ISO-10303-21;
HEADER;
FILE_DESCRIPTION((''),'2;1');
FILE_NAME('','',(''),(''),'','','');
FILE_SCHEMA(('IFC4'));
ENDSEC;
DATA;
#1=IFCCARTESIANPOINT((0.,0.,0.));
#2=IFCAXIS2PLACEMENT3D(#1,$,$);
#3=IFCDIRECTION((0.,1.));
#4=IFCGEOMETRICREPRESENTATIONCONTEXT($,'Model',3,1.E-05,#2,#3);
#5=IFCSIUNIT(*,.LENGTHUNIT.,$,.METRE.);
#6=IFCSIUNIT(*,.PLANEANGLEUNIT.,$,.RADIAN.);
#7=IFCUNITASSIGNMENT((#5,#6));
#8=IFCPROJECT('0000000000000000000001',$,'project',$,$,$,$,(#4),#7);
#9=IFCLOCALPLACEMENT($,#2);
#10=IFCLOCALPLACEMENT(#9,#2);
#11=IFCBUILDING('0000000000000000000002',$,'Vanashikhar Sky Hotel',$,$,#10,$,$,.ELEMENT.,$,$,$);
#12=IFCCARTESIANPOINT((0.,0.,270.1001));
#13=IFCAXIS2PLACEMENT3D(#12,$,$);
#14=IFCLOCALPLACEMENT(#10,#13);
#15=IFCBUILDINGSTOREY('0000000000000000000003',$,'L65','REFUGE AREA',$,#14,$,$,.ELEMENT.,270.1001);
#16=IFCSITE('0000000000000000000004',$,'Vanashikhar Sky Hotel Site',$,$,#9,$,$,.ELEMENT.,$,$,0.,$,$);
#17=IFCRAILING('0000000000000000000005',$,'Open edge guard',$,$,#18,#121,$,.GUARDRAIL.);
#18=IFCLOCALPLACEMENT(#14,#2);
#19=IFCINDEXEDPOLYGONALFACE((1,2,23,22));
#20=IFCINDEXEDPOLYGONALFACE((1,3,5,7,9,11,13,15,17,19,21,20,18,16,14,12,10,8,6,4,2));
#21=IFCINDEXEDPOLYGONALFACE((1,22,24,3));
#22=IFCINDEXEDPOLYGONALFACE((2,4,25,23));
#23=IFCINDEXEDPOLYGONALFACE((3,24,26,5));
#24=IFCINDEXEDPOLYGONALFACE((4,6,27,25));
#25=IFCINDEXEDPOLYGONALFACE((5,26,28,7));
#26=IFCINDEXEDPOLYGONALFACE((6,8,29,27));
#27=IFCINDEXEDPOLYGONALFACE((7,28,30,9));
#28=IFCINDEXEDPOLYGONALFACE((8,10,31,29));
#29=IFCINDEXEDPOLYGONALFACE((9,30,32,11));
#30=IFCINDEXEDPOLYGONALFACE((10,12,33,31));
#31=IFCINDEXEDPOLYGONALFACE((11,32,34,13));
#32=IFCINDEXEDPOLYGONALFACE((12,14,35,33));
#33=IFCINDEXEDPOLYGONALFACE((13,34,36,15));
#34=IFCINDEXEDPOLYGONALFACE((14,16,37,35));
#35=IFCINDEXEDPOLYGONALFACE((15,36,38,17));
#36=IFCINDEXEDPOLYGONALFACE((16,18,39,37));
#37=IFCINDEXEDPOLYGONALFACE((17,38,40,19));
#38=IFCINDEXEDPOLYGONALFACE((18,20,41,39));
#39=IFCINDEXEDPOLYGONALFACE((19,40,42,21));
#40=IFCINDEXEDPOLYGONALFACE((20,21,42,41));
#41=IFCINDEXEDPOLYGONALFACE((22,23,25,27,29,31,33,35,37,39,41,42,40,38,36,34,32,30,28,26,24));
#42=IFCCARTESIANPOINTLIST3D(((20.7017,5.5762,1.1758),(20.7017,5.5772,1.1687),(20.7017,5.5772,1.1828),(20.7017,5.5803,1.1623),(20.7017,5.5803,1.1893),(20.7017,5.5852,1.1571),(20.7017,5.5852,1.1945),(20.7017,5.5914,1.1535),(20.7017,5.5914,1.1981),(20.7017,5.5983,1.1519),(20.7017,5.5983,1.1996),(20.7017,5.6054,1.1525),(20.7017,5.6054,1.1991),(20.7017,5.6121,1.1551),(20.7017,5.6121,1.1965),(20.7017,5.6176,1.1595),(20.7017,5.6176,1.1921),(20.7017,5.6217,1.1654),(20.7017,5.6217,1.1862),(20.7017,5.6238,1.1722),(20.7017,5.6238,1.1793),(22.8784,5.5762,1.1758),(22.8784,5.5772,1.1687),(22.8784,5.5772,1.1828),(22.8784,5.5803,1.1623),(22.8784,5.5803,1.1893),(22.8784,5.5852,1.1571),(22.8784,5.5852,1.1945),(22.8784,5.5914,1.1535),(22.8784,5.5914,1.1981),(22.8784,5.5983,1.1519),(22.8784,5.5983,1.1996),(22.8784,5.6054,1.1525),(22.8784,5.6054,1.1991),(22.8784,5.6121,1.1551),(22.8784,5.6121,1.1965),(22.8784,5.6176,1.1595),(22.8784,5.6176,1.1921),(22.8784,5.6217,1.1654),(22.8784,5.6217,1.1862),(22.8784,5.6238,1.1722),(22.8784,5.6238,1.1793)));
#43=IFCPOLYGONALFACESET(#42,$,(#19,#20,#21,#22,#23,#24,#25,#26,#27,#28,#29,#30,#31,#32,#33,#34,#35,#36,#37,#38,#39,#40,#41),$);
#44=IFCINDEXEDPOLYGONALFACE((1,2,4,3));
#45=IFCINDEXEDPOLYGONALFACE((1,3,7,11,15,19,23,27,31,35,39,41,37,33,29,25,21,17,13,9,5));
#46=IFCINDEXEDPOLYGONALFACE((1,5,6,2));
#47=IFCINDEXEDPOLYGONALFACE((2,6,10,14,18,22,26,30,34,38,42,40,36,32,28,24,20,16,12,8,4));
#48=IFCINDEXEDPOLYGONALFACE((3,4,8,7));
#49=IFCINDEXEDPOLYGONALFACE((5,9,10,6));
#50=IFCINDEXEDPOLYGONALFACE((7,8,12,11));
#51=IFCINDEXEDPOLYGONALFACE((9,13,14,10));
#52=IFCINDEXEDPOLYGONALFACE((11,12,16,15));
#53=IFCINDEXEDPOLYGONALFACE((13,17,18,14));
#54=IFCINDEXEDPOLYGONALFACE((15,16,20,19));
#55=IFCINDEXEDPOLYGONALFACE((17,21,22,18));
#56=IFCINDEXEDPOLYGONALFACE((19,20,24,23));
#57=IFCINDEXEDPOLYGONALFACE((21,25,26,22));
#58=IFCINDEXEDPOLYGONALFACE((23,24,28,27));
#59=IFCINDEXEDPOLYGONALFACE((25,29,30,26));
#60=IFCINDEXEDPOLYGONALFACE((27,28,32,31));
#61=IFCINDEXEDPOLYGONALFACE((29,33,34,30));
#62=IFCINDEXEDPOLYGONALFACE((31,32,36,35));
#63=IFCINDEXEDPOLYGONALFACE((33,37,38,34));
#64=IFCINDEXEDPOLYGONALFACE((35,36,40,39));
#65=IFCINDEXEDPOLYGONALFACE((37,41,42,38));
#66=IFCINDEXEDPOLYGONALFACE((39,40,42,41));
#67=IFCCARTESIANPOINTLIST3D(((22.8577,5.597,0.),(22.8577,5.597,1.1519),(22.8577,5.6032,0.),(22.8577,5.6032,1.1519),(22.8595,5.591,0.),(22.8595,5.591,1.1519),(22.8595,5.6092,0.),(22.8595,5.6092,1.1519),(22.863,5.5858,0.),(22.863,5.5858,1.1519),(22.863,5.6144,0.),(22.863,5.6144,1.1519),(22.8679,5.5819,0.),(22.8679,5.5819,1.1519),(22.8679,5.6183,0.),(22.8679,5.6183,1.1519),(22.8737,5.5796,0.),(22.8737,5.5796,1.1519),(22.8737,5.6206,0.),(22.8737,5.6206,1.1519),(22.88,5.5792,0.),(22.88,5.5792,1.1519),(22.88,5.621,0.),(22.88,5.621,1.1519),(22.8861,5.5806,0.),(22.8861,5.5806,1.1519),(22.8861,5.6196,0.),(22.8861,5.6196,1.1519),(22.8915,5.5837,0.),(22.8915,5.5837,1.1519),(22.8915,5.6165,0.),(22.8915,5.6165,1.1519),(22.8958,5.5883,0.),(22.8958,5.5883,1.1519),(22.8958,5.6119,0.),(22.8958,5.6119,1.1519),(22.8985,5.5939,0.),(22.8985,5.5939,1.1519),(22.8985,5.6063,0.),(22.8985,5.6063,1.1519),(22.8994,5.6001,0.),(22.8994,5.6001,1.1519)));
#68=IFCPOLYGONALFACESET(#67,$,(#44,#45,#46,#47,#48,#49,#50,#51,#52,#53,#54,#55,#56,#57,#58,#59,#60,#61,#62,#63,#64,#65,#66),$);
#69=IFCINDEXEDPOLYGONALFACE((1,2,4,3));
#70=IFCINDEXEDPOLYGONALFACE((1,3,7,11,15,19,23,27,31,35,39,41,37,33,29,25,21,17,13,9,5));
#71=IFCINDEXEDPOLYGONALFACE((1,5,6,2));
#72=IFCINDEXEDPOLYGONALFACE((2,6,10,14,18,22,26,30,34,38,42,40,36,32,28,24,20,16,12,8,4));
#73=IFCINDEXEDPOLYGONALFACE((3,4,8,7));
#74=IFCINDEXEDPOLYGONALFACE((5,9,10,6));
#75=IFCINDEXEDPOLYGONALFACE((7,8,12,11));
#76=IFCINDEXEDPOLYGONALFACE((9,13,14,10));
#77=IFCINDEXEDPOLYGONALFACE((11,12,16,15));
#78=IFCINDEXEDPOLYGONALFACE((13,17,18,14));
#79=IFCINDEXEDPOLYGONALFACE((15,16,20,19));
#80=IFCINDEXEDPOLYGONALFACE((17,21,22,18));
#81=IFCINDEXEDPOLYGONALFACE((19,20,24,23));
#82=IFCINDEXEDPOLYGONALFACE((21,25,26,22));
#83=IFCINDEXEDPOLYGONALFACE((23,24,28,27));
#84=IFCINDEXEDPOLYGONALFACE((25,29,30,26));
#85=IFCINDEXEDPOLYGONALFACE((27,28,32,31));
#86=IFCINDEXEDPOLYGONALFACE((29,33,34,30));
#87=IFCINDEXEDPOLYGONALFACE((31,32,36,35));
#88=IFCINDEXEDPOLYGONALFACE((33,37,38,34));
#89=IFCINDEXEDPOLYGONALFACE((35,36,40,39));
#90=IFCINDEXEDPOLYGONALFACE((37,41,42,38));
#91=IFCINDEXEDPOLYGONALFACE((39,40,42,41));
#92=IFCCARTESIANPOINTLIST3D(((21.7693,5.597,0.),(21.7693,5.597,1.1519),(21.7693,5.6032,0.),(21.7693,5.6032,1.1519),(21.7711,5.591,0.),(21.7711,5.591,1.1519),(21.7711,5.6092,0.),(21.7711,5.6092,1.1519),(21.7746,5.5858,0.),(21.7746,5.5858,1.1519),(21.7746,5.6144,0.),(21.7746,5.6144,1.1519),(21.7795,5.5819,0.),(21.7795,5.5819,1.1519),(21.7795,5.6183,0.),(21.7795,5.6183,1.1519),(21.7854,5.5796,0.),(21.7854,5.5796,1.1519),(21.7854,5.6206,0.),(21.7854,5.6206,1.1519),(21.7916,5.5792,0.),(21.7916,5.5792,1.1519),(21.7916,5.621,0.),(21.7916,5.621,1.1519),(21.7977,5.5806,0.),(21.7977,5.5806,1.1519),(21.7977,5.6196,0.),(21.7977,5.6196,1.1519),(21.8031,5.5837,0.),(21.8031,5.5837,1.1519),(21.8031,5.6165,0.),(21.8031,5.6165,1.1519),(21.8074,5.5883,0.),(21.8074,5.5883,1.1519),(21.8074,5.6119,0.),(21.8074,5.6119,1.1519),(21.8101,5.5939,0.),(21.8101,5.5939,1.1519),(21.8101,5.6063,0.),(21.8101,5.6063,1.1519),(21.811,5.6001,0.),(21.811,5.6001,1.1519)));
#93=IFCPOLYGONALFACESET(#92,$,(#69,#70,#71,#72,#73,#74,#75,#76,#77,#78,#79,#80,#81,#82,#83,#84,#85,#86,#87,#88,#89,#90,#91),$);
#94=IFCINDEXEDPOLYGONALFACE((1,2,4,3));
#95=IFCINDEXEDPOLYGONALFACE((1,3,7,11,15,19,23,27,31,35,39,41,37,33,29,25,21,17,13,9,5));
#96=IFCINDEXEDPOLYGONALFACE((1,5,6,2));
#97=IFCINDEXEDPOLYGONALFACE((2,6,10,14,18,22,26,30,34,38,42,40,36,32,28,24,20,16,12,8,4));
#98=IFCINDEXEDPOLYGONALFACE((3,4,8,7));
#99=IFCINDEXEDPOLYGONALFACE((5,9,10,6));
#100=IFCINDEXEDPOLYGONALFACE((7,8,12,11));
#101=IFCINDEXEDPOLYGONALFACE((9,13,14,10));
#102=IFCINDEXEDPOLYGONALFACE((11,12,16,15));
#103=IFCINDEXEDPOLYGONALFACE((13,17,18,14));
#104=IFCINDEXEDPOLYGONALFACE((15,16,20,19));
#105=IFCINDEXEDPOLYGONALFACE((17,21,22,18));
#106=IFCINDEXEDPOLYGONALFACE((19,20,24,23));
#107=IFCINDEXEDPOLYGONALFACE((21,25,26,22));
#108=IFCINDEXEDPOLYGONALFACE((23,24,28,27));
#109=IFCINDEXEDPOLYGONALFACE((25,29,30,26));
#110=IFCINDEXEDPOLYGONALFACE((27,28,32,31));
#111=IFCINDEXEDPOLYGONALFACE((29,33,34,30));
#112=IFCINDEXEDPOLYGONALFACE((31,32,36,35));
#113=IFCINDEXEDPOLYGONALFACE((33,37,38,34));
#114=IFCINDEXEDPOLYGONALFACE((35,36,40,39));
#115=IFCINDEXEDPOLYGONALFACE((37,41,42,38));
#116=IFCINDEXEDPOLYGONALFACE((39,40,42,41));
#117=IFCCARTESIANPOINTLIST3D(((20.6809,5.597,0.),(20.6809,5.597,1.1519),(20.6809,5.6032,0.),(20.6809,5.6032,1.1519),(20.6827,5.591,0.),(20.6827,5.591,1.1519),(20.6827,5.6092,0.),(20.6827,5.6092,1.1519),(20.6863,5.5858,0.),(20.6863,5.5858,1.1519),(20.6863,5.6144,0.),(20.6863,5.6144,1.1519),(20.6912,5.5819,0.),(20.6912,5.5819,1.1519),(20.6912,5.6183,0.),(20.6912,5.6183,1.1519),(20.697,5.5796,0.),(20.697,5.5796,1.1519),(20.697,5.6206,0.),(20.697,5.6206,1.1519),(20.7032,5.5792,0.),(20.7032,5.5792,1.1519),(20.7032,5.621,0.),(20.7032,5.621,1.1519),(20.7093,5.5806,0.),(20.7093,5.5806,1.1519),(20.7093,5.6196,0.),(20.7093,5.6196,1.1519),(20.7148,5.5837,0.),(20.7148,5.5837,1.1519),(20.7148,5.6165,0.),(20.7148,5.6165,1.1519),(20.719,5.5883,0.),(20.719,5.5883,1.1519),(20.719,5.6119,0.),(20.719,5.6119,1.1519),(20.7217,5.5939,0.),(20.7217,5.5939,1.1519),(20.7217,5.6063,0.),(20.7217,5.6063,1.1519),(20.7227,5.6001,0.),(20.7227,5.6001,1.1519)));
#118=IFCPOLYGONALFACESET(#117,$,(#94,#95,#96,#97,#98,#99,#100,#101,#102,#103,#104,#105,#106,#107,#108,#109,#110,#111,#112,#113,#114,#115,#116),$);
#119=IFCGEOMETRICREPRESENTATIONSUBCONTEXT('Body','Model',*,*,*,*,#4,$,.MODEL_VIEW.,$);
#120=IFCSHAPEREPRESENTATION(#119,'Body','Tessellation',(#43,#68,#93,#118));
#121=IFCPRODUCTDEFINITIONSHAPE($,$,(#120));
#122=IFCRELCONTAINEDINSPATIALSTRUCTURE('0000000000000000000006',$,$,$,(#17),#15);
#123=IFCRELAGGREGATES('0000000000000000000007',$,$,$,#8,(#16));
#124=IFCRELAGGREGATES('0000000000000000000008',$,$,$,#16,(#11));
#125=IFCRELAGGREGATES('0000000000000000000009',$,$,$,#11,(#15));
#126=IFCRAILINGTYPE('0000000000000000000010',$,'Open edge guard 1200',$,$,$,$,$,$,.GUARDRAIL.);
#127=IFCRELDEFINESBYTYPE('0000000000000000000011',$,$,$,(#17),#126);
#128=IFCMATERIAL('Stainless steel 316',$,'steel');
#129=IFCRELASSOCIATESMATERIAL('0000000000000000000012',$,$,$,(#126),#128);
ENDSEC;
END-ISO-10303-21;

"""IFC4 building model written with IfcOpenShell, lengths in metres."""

from ifc_helpers import new_model, si_unit, direction, frame, origin, origin_2d, place, context, subcontext, project, spatial, circle, extrude, source, transform, mapped, material, type_object, element, save


model = new_model("IFC4")

# Units and contexts
model_context = context("Model", 3, precision=1e-05, world=origin(), true_north=direction((0.0, 1.0)))
body_context = subcontext(model_context, "Body", "Model", "MODEL_VIEW")
ifc_project = project(units=[si_unit("LENGTHUNIT", "METRE"), si_unit("PLANEANGLEUNIT", "RADIAN")], contexts=[model_context])

# Site, building, storey
site_placement = place(None, origin())
site = spatial("IfcSite", under=ifc_project, at=site_placement, Name="Vanashikhar Sky Hotel Site", CompositionType="ELEMENT", RefElevation=0.0)
building_placement = place(site_placement, origin())
building = spatial("IfcBuilding", under=site, at=building_placement, Name="Vanashikhar Sky Hotel", CompositionType="ELEMENT")
storey_placement = place(building_placement, frame((0.0, 0.0, 270.1001)))
storey = spatial("IfcBuildingStorey", under=building, at=storey_placement, Name="L65", Description="REFUGE AREA", CompositionType="ELEMENT", Elevation=270.1001)

# Railing
ifc_material_1 = material(Name="Stainless steel 316", Category="steel")
railing_type = type_object("IfcRailingType", Name="Open edge guard 1200", PredefinedType="GUARDRAIL", material=ifc_material_1)
shared_shape_1 = source(origin(), body_context, "Body", "SweptSolid", [
    extrude(circle(Radius=0.0239, at=origin_2d()), frame((0.0, 0.0, 1.1758), z_axis=(-1.0, 0.0, 0.0), x_axis=(0.0, -1.0, 0.0)), (0.0, 0.0, 1.0), 2.1768),
    extrude(circle(Radius=0.021, at=origin_2d()), origin(), (0.0, 0.0, 1.0), 1.1519),
    extrude(circle(Radius=0.021, at=origin_2d()), frame((-1.0884, 0.0, 0.0)), (0.0, 0.0, 1.0), 1.1519),
    extrude(circle(Radius=0.021, at=origin_2d()), frame((-2.1768, 0.0, 0.0)), (0.0, 0.0, 1.0), 1.1519),
])
for number, where, name in (
    (1, (22.8784, 5.6001, 0.0), "Open edge guard"),
):
    element("IfcRailing", number, at=place(storey_placement, frame(where)), inside=storey, type_object=railing_type, Name=name, PredefinedType="GUARDRAIL", context=body_context, shape_type="MappedRepresentation", body=[
        mapped(shared_shape_1, transform((0.0, 0.0, 0.0), scale=1.0)),
    ])

save(model, "model.ifc")
